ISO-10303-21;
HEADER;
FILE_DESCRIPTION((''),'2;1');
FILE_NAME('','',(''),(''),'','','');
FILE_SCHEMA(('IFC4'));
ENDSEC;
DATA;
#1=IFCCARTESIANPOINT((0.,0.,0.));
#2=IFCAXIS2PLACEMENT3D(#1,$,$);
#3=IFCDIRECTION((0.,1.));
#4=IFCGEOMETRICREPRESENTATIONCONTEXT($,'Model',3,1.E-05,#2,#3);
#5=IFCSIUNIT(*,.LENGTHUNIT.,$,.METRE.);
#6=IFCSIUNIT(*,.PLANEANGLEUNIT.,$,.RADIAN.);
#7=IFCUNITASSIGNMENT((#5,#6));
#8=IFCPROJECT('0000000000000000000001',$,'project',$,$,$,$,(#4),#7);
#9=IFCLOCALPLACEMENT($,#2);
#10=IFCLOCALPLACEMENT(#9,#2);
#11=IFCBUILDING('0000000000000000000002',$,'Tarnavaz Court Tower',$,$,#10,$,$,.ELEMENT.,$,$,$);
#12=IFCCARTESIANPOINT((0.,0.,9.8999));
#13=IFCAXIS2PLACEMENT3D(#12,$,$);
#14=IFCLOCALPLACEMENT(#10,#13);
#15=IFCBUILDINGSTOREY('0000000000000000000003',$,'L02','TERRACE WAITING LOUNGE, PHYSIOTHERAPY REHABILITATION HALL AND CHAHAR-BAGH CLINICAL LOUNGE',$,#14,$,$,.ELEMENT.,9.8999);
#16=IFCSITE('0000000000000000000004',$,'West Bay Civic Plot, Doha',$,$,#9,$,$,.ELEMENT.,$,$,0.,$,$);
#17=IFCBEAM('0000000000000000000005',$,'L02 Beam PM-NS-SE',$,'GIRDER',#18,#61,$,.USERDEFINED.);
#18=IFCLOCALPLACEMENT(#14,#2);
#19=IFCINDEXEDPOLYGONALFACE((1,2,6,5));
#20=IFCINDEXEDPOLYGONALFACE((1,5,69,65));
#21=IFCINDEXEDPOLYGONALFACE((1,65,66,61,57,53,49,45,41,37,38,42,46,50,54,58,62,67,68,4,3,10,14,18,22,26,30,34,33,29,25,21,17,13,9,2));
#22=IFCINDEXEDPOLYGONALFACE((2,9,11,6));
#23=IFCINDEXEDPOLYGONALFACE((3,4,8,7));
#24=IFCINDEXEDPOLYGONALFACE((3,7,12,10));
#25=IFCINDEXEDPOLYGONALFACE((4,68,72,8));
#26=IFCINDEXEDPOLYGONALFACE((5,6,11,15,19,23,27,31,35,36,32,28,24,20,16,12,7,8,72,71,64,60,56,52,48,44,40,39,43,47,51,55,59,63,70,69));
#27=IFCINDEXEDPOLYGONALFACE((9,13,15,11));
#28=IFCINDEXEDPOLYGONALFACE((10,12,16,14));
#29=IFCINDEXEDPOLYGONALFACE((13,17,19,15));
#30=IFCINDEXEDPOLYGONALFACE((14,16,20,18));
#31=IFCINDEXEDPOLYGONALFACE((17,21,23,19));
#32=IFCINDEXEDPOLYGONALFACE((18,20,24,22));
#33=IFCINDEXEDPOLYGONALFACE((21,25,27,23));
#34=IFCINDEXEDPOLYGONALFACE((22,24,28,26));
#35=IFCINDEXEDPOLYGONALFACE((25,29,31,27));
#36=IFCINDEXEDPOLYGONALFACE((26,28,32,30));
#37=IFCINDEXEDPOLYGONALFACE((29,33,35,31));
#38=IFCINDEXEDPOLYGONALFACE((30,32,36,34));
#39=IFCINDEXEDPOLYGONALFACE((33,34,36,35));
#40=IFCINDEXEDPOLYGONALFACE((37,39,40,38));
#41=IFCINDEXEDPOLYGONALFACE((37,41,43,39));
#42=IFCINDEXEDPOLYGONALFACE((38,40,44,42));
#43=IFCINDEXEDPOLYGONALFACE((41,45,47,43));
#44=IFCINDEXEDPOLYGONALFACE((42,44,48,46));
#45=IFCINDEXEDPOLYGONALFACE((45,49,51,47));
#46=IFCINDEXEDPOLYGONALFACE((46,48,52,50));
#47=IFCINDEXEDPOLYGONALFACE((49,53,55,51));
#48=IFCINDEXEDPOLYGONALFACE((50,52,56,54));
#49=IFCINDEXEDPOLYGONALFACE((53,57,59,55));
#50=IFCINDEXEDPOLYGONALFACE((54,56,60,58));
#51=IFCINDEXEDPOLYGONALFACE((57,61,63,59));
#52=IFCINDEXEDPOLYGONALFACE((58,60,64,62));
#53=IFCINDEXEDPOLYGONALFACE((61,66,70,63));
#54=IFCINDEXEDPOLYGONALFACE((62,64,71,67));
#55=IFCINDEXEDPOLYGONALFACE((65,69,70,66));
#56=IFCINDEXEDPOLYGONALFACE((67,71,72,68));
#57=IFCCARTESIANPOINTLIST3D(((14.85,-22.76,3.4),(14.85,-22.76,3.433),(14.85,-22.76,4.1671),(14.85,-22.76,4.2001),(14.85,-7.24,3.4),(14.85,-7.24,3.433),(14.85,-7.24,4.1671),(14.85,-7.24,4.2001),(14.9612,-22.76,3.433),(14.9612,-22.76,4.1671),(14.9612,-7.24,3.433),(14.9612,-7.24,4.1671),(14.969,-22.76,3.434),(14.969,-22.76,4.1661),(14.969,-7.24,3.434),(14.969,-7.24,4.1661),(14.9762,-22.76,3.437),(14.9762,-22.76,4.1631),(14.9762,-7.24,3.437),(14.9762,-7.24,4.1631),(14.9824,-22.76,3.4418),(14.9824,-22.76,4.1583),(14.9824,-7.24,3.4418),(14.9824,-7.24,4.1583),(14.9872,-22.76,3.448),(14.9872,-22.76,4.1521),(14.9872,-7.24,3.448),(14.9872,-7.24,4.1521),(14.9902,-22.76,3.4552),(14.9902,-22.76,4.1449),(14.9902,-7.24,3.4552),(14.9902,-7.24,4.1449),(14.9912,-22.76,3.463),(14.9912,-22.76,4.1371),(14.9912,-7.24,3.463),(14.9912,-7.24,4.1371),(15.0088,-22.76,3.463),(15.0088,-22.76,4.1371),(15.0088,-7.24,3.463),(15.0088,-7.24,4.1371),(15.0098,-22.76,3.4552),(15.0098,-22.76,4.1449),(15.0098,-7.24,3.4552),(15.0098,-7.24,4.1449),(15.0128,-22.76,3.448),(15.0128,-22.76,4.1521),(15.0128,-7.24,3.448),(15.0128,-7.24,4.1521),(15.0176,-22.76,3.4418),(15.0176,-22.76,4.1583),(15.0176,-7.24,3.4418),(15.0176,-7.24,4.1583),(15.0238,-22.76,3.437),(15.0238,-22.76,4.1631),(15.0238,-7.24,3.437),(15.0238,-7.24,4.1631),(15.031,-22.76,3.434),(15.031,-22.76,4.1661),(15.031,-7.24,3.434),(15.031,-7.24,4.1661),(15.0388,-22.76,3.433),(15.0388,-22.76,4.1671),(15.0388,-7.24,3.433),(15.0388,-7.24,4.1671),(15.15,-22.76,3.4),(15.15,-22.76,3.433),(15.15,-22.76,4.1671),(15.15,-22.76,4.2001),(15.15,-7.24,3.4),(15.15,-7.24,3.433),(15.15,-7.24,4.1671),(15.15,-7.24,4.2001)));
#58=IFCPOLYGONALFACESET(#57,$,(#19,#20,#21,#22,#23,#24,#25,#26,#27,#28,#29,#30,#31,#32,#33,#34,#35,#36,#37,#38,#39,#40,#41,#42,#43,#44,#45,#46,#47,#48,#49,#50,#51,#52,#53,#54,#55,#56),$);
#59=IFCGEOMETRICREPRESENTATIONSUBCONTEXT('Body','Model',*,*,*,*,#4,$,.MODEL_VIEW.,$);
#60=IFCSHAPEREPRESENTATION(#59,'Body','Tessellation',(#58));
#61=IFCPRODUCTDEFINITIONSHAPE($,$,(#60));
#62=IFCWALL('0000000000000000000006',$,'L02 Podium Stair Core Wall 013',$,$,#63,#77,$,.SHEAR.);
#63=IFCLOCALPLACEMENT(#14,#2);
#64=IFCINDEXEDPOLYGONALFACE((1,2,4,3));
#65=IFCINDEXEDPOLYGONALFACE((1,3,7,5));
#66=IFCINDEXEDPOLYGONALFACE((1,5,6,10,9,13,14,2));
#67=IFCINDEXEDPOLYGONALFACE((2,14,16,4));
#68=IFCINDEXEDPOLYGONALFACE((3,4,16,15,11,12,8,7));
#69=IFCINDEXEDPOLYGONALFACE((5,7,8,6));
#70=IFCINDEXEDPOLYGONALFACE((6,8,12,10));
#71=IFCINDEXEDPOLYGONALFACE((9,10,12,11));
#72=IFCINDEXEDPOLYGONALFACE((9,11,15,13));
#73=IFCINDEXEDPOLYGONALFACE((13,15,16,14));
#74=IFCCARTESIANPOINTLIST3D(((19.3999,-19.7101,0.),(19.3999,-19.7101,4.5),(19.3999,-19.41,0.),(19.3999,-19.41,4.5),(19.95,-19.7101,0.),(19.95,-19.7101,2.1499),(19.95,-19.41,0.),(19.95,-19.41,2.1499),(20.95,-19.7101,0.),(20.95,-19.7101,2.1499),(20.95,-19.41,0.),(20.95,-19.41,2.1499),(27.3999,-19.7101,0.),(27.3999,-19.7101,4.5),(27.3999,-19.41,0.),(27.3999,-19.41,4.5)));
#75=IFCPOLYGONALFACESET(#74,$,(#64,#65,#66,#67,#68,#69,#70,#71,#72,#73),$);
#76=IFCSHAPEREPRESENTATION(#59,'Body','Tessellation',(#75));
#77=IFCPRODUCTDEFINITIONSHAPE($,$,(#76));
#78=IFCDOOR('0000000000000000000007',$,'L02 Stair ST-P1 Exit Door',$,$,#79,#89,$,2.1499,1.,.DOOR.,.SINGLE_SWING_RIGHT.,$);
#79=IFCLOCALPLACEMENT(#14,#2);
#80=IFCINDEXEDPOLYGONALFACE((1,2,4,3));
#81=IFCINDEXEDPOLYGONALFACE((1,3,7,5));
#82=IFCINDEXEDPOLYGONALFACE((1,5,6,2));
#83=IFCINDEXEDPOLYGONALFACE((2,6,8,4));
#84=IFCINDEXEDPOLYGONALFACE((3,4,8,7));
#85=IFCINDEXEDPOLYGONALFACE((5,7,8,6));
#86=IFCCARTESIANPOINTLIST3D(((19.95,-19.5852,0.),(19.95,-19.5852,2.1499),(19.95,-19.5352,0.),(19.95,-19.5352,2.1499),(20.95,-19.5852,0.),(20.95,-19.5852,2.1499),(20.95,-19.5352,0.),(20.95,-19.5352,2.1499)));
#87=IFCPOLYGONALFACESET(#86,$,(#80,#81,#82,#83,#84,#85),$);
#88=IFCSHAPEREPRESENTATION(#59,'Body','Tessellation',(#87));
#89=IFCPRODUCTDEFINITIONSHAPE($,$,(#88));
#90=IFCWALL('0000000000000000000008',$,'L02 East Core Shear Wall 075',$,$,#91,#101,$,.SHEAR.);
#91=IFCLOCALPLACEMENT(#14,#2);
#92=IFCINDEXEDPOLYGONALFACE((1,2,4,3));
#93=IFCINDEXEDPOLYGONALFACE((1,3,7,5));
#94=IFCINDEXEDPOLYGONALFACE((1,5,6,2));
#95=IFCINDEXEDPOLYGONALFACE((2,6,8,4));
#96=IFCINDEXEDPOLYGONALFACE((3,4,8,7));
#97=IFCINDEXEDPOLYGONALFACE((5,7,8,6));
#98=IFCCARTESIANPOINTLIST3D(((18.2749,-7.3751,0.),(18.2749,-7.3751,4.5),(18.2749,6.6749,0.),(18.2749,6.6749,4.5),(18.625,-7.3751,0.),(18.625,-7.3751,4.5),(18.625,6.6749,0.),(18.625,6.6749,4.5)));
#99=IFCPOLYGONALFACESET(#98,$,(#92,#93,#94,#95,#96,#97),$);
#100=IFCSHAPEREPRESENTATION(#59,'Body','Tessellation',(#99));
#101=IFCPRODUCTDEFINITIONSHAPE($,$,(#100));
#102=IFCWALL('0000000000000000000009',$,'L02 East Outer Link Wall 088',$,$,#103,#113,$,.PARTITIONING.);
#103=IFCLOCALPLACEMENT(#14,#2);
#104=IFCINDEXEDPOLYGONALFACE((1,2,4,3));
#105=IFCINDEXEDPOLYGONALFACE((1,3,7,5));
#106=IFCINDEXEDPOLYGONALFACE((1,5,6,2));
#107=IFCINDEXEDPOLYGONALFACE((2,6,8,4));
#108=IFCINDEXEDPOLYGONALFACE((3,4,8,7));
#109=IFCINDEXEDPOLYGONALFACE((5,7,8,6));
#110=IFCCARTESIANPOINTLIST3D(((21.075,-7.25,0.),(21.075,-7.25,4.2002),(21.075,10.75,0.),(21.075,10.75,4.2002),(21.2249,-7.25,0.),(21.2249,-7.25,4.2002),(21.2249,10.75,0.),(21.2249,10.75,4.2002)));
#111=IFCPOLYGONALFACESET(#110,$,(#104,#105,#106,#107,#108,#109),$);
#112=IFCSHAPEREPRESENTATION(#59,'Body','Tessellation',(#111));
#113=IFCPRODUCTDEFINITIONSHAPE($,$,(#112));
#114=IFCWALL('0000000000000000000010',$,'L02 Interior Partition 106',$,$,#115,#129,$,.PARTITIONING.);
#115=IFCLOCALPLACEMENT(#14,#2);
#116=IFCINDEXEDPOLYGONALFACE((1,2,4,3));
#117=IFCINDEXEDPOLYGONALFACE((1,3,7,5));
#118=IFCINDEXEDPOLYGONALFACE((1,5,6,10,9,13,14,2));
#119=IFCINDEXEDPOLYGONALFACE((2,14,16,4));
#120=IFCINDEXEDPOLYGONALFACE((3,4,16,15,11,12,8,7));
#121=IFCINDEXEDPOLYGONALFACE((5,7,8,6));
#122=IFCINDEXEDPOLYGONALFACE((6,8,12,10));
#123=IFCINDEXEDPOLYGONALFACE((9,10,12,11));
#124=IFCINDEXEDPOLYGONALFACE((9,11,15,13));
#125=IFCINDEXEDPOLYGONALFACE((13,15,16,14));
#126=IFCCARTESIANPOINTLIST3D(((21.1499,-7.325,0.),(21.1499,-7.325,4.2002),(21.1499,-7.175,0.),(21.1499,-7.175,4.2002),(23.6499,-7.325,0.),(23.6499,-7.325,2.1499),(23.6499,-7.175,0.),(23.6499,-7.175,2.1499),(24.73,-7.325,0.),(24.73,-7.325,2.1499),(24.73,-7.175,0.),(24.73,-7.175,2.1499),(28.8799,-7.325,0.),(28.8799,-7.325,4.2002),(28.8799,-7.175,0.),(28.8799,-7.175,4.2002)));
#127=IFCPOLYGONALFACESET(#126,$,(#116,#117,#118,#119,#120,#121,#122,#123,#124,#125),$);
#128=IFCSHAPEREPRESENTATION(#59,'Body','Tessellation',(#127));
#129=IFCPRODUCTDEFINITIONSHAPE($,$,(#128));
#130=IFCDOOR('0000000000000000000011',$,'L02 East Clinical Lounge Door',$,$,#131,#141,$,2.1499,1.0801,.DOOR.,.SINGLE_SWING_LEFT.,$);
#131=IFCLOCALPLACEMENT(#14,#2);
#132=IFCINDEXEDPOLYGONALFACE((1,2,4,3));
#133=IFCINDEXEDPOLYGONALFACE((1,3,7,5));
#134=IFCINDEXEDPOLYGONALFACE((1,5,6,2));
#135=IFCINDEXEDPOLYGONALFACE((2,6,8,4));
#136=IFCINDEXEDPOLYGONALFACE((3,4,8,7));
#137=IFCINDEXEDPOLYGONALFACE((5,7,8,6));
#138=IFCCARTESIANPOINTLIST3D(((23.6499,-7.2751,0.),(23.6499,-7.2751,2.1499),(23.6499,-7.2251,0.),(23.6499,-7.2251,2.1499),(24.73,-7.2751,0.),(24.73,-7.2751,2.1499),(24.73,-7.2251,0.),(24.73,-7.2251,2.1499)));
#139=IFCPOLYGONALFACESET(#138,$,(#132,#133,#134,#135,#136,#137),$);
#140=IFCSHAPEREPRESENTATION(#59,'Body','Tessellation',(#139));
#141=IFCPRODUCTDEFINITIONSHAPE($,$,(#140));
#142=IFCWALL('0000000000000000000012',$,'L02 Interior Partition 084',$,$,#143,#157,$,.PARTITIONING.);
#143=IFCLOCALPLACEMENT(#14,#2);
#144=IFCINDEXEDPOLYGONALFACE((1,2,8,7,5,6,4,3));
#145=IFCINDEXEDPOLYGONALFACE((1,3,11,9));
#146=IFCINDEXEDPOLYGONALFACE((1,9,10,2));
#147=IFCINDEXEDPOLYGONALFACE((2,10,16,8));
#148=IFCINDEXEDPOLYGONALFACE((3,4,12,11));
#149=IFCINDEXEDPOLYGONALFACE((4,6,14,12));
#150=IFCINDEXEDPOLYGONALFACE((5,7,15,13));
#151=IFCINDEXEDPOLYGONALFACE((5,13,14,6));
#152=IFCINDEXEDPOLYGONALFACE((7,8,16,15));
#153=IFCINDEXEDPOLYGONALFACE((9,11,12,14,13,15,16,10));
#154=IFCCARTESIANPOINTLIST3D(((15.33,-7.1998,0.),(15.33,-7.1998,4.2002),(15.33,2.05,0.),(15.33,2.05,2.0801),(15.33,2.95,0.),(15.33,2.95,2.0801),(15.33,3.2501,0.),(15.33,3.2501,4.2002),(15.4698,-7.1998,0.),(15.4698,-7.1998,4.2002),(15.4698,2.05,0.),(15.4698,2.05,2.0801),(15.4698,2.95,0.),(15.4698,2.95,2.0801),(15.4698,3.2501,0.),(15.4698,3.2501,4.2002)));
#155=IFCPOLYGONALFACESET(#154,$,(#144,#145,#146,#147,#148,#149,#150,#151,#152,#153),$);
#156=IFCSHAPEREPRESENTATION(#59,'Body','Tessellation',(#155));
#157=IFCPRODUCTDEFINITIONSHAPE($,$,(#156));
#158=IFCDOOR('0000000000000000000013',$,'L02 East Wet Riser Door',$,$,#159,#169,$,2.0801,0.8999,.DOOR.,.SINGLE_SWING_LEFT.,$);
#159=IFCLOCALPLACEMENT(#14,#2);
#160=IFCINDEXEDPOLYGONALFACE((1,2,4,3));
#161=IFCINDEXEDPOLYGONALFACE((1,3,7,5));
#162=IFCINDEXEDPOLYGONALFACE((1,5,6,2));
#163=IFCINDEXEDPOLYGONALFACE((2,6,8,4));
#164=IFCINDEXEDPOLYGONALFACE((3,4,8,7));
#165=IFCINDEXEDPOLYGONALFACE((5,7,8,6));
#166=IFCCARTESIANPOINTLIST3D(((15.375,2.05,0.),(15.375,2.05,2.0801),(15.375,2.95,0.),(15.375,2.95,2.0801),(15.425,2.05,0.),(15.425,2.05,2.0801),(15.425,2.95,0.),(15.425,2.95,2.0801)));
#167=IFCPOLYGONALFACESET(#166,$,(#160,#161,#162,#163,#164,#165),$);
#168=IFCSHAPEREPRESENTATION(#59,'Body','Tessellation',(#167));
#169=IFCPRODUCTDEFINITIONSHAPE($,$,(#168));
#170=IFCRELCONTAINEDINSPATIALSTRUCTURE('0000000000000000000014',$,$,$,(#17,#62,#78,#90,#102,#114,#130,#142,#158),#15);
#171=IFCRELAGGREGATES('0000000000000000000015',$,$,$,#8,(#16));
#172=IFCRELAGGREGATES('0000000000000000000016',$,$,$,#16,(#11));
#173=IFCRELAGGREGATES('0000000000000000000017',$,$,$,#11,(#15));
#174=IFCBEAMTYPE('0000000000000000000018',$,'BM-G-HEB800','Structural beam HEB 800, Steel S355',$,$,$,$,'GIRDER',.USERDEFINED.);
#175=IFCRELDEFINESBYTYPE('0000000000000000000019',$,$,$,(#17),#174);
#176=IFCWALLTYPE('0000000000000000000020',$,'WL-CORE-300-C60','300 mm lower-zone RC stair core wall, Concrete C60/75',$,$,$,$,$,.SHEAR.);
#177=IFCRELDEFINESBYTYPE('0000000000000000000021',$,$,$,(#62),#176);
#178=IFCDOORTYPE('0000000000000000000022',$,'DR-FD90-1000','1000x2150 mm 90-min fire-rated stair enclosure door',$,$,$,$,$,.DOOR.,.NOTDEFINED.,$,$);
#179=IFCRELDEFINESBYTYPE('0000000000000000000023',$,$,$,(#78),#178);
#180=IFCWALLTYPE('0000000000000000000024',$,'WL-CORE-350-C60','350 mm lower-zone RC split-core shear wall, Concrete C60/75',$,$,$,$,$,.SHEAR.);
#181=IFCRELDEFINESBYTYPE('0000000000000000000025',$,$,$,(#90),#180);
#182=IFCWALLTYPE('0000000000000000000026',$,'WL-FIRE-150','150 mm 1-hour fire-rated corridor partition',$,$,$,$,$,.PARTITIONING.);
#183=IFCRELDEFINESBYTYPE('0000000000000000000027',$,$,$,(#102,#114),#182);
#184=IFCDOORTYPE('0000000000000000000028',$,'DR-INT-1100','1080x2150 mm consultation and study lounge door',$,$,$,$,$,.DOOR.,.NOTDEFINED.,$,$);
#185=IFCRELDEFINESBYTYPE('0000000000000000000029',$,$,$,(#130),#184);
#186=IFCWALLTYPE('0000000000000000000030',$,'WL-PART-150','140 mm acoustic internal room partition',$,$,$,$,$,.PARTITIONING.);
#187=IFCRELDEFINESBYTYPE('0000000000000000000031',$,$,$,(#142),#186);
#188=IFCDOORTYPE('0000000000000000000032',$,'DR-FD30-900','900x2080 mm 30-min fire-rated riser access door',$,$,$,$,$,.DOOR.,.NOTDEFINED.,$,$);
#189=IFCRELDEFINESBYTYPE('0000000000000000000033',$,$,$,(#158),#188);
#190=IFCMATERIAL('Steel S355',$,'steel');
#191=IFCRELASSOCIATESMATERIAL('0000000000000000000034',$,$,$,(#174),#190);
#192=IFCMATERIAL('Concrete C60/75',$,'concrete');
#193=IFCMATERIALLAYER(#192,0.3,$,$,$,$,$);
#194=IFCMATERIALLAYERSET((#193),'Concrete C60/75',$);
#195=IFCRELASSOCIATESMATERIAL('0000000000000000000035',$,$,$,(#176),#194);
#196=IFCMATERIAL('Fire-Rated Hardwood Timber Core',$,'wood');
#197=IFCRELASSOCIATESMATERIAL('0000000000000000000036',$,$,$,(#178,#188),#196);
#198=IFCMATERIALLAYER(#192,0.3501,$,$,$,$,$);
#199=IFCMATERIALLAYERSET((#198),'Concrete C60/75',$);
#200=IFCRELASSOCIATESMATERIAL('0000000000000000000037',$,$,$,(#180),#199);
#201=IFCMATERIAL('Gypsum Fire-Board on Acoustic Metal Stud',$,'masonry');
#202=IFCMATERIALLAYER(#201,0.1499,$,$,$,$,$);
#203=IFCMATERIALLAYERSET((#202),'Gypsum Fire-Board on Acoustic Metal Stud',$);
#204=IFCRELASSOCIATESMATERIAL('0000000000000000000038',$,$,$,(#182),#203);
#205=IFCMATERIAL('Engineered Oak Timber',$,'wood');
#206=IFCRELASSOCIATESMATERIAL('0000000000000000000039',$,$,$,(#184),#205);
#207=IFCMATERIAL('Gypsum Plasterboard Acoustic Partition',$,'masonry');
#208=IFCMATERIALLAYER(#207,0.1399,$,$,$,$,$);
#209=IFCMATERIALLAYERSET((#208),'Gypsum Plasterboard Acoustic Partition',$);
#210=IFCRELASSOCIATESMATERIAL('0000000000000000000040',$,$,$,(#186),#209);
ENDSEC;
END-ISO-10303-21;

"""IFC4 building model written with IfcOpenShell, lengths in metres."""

from ifc_helpers import new_model, si_unit, direction, frame, frame_2d, origin, origin_2d, place, context, subcontext, project, spatial, rectangle, i_section, extrude, material, layer, layer_set, material_profile, profile_set, type_object, element, fill, save


model = new_model("IFC4")

# Units and contexts
model_context = context("Model", 3, precision=1e-05, world=origin(), true_north=direction((0.0, 1.0)))
body_context = subcontext(model_context, "Body", "Model", "MODEL_VIEW")
ifc_project = project(units=[si_unit("LENGTHUNIT", "METRE"), si_unit("PLANEANGLEUNIT", "RADIAN")], contexts=[model_context])

# Site, building, storey
site_placement = place(None, origin())
site = spatial("IfcSite", under=ifc_project, at=site_placement, Name="West Bay Civic Plot, Doha", CompositionType="ELEMENT", RefElevation=0.0)
building_placement = place(site_placement, origin())
building = spatial("IfcBuilding", under=site, at=building_placement, Name="Tarnavaz Court Tower", CompositionType="ELEMENT")
storey_placement = place(building_placement, frame((0.0, 0.0, 9.8999)))
storey = spatial("IfcBuildingStorey", under=building, at=storey_placement, Name="L02", Description="TERRACE WAITING LOUNGE, PHYSIOTHERAPY REHABILITATION HALL AND CHAHAR-BAGH CLINICAL LOUNGE", CompositionType="ELEMENT", Elevation=9.8999)

# Shared definitions
ifc_material_1 = material(Name="Concrete C60/75", Category="concrete")

# Beam
ifc_material_2 = material(Name="Steel S355", Category="steel")
ifc_material_profile_1 = material_profile(ifc_material_2, i_section(OverallWidth=0.3, OverallDepth=0.8, WebThickness=0.0176, FlangeThickness=0.033, FilletRadius=0.03, at=origin_2d()), Name="HEB 800")
ifc_profile_set_1 = profile_set([ifc_material_profile_1], Name="Steel S355")
beam_type_1 = type_object("IfcBeamType", Name="BM-G-HEB800", Description="Structural beam HEB 800, Steel S355", ElementType="GIRDER", PredefinedType="USERDEFINED", material=ifc_profile_set_1)
beam_1_placement = place(storey_placement, frame((15.0, -7.24, 3.8), z_axis=(0.0, -1.0, 0.0), x_axis=(1.0, 0.0, 0.0)))
element("IfcBeam", 1, at=beam_1_placement, inside=storey, type_object=beam_type_1, Name="L02 Beam PM-NS-SE", ObjectType="GIRDER", PredefinedType="USERDEFINED", context=body_context, shape_type="SweptSolid", body=[
    extrude(i_section(OverallWidth=0.3, OverallDepth=0.8, WebThickness=0.0176, FlangeThickness=0.033, FilletRadius=0.03, at=origin_2d()), origin(), (0.0, 0.0, 1.0), 15.52),
])

# Wall, opening, door
ifc_layer_1 = layer(ifc_material_1, 0.3)
ifc_layer_set_1 = layer_set([ifc_layer_1], Name="Concrete C60/75")
wall_type_1 = type_object("IfcWallType", Name="WL-CORE-300-C60", Description="300 mm lower-zone RC stair core wall, Concrete C60/75", PredefinedType="SHEAR", material=ifc_layer_set_1)
wall_1_placement = place(storey_placement, frame((19.3999, -19.5601, 0.0), z_axis=(0.0, 0.0, 1.0), x_axis=(1.0, 0.0, 0.0)))
wall_1 = element("IfcWall", 2, at=wall_1_placement, inside=storey, type_object=wall_type_1, Name="L02 Podium Stair Core Wall 013", PredefinedType="SHEAR", context=body_context, shape_type="SweptSolid", body=[
    extrude(rectangle(XDim=8.0, YDim=0.3, at=frame_2d((4.0, 0.0))), origin(), (0.0, 0.0, 1.0), 4.5),
])
opening_1_placement = place(wall_1_placement, frame((0.55, 0.0, 0.0)))
opening_1 = element("IfcOpeningElement", 3, at=opening_1_placement, cuts=wall_1, PredefinedType="OPENING", context=body_context, shape_type="SweptSolid", body=[
    extrude(rectangle(XDim=1.0, YDim=2.1499, at=frame_2d((0.5, 1.075))), frame((0.0, 0.1599, 0.0), z_axis=(0.0, -1.0, 0.0), x_axis=(1.0, 0.0, 0.0)), (0.0, 0.0, 1.0), 0.3201),
])
ifc_material_3 = material(Name="Fire-Rated Hardwood Timber Core", Category="wood")
door_type_1 = type_object("IfcDoorType", Name="DR-FD90-1000", Description="1000x2150 mm 90-min fire-rated stair enclosure door", OperationType="NOTDEFINED", PredefinedType="DOOR", material=ifc_material_3)
door_1_placement = place(opening_1_placement, origin())
door_1 = element("IfcDoor", 4, at=door_1_placement, inside=storey, type_object=door_type_1, Name="L02 Stair ST-P1 Exit Door", OperationType="SINGLE_SWING_RIGHT", OverallHeight=2.1499, OverallWidth=1.0, PredefinedType="DOOR", context=body_context, shape_type="SweptSolid", body=[
    extrude(rectangle(XDim=1.0, YDim=2.1499, at=frame_2d((0.5, 1.075))), frame((0.0, 0.0249, 0.0), z_axis=(0.0, -1.0, 0.0), x_axis=(1.0, 0.0, 0.0)), (0.0, 0.0, 1.0), 0.05),
])
fill(opening_1, door_1)

# Walls
ifc_layer_2 = layer(ifc_material_1, 0.3501)
ifc_layer_set_2 = layer_set([ifc_layer_2], Name="Concrete C60/75")
wall_type_2 = type_object("IfcWallType", Name="WL-CORE-350-C60", Description="350 mm lower-zone RC split-core shear wall, Concrete C60/75", PredefinedType="SHEAR", material=ifc_layer_set_2)
wall_2_placement = place(storey_placement, frame((18.45, -7.375, 0.0), z_axis=(0.0, 0.0, 1.0), x_axis=(0.0, 1.0, 0.0)))
element("IfcWall", 5, at=wall_2_placement, inside=storey, type_object=wall_type_2, Name="L02 East Core Shear Wall 075", PredefinedType="SHEAR", context=body_context, shape_type="SweptSolid", body=[
    extrude(rectangle(XDim=14.05, YDim=0.3501, at=frame_2d((7.0249, 0.0))), origin(), (0.0, 0.0, 1.0), 4.5),
])
ifc_material_4 = material(Name="Gypsum Fire-Board on Acoustic Metal Stud", Category="masonry")
ifc_layer_3 = layer(ifc_material_4, 0.1499)
ifc_layer_set_3 = layer_set([ifc_layer_3], Name="Gypsum Fire-Board on Acoustic Metal Stud")
wall_type_3 = type_object("IfcWallType", Name="WL-FIRE-150", Description="150 mm 1-hour fire-rated corridor partition", PredefinedType="PARTITIONING", material=ifc_layer_set_3)
wall_3_placement = place(storey_placement, frame((21.1499, -7.25, 0.0), z_axis=(0.0, 0.0, 1.0), x_axis=(0.0, 1.0, 0.0)))
element("IfcWall", 6, at=wall_3_placement, inside=storey, type_object=wall_type_3, Name="L02 East Outer Link Wall 088", PredefinedType="PARTITIONING", context=body_context, shape_type="SweptSolid", body=[
    extrude(rectangle(XDim=18.0, YDim=0.1499, at=frame_2d((9.0, 0.0))), origin(), (0.0, 0.0, 1.0), 4.2002),
])

# Walls, openings, doors
wall_4_placement = place(storey_placement, frame((21.1499, -7.25, 0.0), z_axis=(0.0, 0.0, 1.0), x_axis=(1.0, 0.0, 0.0)))
wall_4 = element("IfcWall", 7, at=wall_4_placement, inside=storey, type_object=wall_type_3, Name="L02 Interior Partition 106", PredefinedType="PARTITIONING", context=body_context, shape_type="SweptSolid", body=[
    extrude(rectangle(XDim=7.73, YDim=0.1499, at=frame_2d((3.865, 0.0))), origin(), (0.0, 0.0, 1.0), 4.2002),
])
opening_2_placement = place(wall_4_placement, frame((2.5, 0.0, 0.0)))
opening_2 = element("IfcOpeningElement", 8, at=opening_2_placement, cuts=wall_4, PredefinedType="OPENING", context=body_context, shape_type="SweptSolid", body=[
    extrude(rectangle(XDim=1.0801, YDim=2.1499, at=frame_2d((0.54, 1.075))), frame((0.0, 0.085, 0.0), z_axis=(0.0, -1.0, 0.0), x_axis=(1.0, 0.0, 0.0)), (0.0, 0.0, 1.0), 0.1699),
])
ifc_material_5 = material(Name="Engineered Oak Timber", Category="wood")
door_type_2 = type_object("IfcDoorType", Name="DR-INT-1100", Description="1080x2150 mm consultation and study lounge door", OperationType="NOTDEFINED", PredefinedType="DOOR", material=ifc_material_5)
door_2_placement = place(opening_2_placement, origin())
door_2 = element("IfcDoor", 9, at=door_2_placement, inside=storey, type_object=door_type_2, Name="L02 East Clinical Lounge Door", OperationType="SINGLE_SWING_LEFT", OverallHeight=2.1499, OverallWidth=1.0801, PredefinedType="DOOR", context=body_context, shape_type="SweptSolid", body=[
    extrude(rectangle(XDim=1.0801, YDim=2.1499, at=frame_2d((0.54, 1.075))), frame((0.0, 0.0249, 0.0), z_axis=(0.0, -1.0, 0.0), x_axis=(1.0, 0.0, 0.0)), (0.0, 0.0, 1.0), 0.05),
])
fill(opening_2, door_2)
ifc_material_6 = material(Name="Gypsum Plasterboard Acoustic Partition", Category="masonry")
ifc_layer_4 = layer(ifc_material_6, 0.1399)
ifc_layer_set_4 = layer_set([ifc_layer_4], Name="Gypsum Plasterboard Acoustic Partition")
wall_type_4 = type_object("IfcWallType", Name="WL-PART-150", Description="140 mm acoustic internal room partition", PredefinedType="PARTITIONING", material=ifc_layer_set_4)
wall_5_placement = place(storey_placement, frame((15.3999, -7.2, 0.0), z_axis=(0.0, 0.0, 1.0), x_axis=(0.0, 1.0, 0.0)))
wall_5 = element("IfcWall", 10, at=wall_5_placement, inside=storey, type_object=wall_type_4, Name="L02 Interior Partition 084", PredefinedType="PARTITIONING", context=body_context, shape_type="SweptSolid", body=[
    extrude(rectangle(XDim=10.45, YDim=0.1399, at=frame_2d((5.2251, 0.0))), origin(), (0.0, 0.0, 1.0), 4.2002),
])
opening_3_placement = place(wall_5_placement, frame((9.25, 0.0, 0.0)))
opening_3 = element("IfcOpeningElement", 11, at=opening_3_placement, cuts=wall_5, PredefinedType="OPENING", context=body_context, shape_type="SweptSolid", body=[
    extrude(rectangle(XDim=0.8999, YDim=2.0801, at=frame_2d((0.45, 1.04))), frame((0.0, 0.0798, 0.0), z_axis=(0.0, -1.0, 0.0), x_axis=(1.0, 0.0, 0.0)), (0.0, 0.0, 1.0), 0.1599),
])
door_type_3 = type_object("IfcDoorType", Name="DR-FD30-900", Description="900x2080 mm 30-min fire-rated riser access door", OperationType="NOTDEFINED", PredefinedType="DOOR", material=ifc_material_3)
door_3_placement = place(opening_3_placement, origin())
door_3 = element("IfcDoor", 12, at=door_3_placement, inside=storey, type_object=door_type_3, Name="L02 East Wet Riser Door", OperationType="SINGLE_SWING_LEFT", OverallHeight=2.0801, OverallWidth=0.8999, PredefinedType="DOOR", context=body_context, shape_type="SweptSolid", body=[
    extrude(rectangle(XDim=0.8999, YDim=2.0801, at=frame_2d((0.45, 1.04))), frame((0.0, 0.0249, 0.0), z_axis=(0.0, -1.0, 0.0), x_axis=(1.0, 0.0, 0.0)), (0.0, 0.0, 1.0), 0.05),
])
fill(opening_3, door_3)

save(model, "model.ifc")
